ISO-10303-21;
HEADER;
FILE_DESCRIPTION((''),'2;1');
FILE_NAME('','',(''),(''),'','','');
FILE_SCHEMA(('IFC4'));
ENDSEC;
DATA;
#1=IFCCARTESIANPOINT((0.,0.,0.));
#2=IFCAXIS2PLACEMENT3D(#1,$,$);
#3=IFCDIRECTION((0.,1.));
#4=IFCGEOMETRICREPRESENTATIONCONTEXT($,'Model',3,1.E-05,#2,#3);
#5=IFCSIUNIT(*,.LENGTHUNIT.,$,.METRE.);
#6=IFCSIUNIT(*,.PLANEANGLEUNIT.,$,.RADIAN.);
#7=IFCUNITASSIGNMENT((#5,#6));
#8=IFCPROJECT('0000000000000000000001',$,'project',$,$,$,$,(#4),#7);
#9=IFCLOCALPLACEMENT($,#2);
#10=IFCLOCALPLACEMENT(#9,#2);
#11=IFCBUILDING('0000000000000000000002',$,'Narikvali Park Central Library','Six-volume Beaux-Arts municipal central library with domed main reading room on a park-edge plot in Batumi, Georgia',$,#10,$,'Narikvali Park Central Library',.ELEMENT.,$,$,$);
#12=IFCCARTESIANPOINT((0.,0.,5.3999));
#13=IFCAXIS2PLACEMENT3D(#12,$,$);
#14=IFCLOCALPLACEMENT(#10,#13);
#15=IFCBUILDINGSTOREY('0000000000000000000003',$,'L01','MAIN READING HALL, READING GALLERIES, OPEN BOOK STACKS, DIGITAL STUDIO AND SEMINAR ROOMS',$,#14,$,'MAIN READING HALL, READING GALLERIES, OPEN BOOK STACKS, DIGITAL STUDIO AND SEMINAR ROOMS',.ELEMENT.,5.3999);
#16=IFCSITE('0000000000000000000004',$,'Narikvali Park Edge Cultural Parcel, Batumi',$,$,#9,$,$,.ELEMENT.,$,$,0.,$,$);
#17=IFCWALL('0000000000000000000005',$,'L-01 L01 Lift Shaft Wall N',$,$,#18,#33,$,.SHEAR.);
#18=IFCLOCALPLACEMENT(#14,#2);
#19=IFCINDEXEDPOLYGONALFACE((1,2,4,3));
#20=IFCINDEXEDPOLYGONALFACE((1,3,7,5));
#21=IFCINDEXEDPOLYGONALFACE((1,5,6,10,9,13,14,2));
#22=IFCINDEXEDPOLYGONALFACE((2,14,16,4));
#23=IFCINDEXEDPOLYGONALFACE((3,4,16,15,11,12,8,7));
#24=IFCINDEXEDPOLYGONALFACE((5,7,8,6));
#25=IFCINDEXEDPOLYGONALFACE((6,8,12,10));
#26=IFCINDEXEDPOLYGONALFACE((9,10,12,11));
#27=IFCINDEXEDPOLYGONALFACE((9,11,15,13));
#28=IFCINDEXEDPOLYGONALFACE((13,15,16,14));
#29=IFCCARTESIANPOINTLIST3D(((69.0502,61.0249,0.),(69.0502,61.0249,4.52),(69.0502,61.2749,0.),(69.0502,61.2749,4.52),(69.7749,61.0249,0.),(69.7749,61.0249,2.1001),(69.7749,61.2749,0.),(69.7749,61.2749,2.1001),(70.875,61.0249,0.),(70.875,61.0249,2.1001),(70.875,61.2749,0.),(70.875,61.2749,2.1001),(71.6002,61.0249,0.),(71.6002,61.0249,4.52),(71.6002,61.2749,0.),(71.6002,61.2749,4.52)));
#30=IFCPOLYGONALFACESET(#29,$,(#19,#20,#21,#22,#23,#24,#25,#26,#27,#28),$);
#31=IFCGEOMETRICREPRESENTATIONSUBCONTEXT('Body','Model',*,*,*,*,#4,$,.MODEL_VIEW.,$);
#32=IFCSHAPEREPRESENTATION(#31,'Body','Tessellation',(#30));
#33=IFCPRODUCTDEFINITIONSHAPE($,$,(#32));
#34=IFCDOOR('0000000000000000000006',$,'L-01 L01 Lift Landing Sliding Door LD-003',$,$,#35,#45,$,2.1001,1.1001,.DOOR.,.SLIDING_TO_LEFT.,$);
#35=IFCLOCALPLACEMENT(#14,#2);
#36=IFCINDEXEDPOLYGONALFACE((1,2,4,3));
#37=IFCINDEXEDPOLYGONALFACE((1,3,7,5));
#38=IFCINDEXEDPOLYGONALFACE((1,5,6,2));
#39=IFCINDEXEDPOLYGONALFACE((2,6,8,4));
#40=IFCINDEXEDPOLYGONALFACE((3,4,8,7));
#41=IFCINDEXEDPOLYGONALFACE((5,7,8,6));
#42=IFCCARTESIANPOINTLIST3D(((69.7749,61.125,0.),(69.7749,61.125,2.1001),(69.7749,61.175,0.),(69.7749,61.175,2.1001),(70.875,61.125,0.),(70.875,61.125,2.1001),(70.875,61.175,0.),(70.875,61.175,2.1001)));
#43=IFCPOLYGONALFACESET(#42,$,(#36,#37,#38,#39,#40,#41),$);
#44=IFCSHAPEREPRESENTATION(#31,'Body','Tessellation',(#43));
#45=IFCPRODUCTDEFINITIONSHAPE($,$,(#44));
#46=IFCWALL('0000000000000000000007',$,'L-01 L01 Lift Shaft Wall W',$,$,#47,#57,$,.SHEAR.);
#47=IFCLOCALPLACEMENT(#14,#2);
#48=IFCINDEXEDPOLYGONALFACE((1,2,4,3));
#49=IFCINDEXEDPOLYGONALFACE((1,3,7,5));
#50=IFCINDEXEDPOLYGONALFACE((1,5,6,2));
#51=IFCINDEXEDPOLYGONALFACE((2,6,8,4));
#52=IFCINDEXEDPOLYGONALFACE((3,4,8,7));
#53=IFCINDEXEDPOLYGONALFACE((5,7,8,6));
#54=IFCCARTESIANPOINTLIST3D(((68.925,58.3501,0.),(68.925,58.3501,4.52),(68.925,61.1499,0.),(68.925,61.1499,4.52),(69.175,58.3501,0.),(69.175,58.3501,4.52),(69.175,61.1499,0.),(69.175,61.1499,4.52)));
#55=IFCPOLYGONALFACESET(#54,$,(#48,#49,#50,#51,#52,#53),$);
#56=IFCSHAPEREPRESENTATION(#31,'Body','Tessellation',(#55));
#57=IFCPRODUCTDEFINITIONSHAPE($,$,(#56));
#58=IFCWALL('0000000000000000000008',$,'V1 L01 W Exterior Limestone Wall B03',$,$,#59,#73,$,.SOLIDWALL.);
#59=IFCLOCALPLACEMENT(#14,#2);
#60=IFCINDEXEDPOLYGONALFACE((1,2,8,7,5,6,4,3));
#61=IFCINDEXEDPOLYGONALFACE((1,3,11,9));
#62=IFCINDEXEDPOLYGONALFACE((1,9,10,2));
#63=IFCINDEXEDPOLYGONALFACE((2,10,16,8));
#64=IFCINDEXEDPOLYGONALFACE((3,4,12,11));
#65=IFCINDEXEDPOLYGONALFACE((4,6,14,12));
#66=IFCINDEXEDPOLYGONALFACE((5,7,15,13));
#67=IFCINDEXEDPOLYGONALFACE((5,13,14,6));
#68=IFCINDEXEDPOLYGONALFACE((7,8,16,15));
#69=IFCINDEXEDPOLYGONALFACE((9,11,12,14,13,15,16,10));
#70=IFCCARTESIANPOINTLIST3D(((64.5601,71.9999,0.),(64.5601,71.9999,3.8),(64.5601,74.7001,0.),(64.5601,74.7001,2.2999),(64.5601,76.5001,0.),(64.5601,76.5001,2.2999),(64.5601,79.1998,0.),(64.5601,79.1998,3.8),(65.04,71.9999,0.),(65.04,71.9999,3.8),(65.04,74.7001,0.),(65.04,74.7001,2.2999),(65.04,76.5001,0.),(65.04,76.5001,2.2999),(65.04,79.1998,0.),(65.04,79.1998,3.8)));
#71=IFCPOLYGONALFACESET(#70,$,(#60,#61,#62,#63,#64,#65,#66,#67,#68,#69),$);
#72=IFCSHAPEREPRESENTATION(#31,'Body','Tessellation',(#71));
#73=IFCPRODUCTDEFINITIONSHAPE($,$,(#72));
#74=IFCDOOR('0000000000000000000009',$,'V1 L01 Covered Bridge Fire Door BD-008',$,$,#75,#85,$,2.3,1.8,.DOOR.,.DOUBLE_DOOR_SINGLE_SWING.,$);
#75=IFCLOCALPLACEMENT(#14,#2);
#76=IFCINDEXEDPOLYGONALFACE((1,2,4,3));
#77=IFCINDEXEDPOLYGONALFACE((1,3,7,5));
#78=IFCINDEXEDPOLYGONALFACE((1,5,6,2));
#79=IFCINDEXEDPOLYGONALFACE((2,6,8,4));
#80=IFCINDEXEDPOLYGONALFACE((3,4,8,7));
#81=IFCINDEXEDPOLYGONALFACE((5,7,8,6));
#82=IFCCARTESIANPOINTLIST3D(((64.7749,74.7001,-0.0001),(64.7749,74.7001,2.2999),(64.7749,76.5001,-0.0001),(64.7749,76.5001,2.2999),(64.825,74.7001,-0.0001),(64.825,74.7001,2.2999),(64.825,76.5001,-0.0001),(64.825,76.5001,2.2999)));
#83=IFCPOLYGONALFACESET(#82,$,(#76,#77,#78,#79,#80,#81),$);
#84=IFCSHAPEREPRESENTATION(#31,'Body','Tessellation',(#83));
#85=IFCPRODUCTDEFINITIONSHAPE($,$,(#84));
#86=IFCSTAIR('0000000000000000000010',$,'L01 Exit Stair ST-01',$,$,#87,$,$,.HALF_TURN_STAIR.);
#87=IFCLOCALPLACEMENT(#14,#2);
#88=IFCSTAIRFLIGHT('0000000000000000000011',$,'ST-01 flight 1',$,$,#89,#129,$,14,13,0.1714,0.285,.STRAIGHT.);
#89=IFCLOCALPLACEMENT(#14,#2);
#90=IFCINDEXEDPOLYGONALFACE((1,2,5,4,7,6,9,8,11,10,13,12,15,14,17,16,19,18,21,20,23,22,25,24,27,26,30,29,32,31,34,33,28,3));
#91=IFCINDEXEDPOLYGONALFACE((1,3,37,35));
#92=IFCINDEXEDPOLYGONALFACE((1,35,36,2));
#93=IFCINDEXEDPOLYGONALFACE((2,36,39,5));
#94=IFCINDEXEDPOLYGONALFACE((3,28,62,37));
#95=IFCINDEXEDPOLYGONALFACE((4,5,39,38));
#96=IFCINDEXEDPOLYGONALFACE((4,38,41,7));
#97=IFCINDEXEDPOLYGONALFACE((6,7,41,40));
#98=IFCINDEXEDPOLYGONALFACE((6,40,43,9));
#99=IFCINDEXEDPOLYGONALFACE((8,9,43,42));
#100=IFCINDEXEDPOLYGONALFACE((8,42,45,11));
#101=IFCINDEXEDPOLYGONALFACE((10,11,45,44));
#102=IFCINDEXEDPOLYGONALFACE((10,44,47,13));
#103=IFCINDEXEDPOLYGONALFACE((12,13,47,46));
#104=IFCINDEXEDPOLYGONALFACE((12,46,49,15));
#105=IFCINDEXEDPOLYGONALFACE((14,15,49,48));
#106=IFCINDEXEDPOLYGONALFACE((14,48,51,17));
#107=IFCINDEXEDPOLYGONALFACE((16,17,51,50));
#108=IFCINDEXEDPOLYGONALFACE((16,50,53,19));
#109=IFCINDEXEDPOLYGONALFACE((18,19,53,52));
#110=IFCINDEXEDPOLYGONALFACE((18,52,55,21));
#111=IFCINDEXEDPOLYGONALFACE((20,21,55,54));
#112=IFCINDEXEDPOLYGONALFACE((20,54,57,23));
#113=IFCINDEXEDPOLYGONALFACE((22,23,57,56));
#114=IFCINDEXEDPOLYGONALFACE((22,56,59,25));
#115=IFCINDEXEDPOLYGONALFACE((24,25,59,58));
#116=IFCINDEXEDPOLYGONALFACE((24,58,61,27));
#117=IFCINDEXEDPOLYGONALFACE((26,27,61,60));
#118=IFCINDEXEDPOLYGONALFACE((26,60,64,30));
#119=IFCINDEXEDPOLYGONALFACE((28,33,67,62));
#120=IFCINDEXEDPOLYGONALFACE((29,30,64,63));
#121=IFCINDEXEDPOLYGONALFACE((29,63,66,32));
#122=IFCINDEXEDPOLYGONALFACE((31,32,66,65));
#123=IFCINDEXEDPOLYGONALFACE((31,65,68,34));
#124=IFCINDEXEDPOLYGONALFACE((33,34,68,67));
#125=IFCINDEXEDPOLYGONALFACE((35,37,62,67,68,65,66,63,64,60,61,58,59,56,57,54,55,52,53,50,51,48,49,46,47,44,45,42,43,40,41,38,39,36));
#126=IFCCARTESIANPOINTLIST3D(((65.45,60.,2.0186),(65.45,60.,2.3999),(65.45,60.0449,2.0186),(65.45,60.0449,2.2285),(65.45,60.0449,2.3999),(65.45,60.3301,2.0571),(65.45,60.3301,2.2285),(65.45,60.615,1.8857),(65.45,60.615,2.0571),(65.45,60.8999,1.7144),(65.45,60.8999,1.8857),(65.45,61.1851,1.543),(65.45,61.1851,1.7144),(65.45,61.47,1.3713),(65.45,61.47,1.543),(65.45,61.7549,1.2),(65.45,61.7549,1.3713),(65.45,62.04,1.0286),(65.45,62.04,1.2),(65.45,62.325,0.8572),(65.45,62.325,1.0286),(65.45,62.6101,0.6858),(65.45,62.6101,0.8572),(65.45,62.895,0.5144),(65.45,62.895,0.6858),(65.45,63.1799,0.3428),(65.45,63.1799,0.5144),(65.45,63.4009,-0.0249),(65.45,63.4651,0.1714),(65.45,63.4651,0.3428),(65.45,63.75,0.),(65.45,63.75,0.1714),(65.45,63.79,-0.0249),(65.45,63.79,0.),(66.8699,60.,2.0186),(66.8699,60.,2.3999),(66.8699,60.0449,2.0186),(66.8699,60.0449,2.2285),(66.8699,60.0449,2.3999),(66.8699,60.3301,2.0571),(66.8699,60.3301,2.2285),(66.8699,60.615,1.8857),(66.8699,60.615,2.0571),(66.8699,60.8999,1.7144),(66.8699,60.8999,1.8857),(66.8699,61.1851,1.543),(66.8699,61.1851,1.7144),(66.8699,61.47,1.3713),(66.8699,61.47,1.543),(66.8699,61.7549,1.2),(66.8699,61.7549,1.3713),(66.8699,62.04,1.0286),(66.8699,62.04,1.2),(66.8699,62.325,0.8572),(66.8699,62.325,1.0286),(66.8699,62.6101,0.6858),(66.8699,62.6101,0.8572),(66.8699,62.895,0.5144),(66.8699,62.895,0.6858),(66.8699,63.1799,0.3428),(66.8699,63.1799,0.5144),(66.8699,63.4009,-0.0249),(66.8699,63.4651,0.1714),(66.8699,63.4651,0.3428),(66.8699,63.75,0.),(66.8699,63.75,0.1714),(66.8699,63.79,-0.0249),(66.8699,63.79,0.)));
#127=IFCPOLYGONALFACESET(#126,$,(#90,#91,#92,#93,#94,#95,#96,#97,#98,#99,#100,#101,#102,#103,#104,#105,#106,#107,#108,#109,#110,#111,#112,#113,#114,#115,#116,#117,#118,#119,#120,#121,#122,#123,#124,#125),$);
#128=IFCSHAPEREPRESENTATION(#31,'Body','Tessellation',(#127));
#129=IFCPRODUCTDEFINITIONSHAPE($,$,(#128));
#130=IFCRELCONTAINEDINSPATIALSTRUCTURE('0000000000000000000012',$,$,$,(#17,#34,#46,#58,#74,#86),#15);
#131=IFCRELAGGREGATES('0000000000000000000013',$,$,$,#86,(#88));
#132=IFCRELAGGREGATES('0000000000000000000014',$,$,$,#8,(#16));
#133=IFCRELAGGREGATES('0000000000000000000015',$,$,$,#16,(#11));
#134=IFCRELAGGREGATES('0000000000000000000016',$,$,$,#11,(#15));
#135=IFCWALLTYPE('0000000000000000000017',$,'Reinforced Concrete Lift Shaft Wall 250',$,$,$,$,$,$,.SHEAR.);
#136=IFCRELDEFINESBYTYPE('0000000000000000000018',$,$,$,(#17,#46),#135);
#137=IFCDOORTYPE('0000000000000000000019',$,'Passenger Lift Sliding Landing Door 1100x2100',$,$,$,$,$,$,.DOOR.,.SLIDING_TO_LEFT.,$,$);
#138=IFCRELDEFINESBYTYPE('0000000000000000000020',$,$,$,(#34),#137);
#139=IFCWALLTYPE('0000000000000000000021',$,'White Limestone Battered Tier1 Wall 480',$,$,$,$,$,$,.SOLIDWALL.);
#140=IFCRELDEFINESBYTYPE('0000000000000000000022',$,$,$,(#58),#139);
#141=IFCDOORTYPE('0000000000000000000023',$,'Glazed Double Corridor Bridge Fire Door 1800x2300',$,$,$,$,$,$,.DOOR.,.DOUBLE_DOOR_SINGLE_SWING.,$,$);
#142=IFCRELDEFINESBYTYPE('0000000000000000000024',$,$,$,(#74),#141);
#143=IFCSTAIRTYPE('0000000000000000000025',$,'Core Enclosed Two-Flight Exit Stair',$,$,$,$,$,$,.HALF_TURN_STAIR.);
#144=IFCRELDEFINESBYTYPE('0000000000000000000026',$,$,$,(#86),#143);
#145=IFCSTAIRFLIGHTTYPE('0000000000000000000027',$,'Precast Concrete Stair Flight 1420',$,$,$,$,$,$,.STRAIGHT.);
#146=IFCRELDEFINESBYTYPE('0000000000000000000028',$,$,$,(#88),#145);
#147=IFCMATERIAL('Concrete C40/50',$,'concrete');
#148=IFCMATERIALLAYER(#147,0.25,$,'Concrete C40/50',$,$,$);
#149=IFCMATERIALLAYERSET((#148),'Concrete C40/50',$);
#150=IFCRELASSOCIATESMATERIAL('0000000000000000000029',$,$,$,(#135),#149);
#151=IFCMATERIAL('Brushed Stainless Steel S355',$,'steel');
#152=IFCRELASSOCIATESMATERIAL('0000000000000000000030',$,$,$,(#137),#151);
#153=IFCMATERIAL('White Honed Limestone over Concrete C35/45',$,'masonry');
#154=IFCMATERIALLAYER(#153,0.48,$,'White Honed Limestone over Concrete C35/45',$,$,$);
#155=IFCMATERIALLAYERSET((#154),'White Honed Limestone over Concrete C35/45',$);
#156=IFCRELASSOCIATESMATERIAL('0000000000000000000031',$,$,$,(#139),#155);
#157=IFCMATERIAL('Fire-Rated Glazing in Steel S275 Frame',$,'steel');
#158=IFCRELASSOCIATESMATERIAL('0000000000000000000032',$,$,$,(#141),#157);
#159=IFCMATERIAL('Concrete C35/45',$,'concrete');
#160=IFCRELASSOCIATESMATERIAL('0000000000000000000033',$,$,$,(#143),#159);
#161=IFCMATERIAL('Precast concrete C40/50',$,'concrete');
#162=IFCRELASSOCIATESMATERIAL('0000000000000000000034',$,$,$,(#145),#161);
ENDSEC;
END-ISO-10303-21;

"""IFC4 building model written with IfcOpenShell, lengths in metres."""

from ifc_helpers import new_model, si_unit, direction, frame, frame_2d, origin, place, context, subcontext, project, spatial, polyline, rectangle, outline, extrude, material, layer, layer_set, type_object, element, fill, aggregate, save


model = new_model("IFC4")

# Units and contexts
model_context = context("Model", 3, precision=1e-05, world=origin(), true_north=direction((0.0, 1.0)))
body_context = subcontext(model_context, "Body", "Model", "MODEL_VIEW")
ifc_project = project(units=[si_unit("LENGTHUNIT", "METRE"), si_unit("PLANEANGLEUNIT", "RADIAN")], contexts=[model_context])

# Site, building, storey
site_placement = place(None, origin())
site = spatial("IfcSite", under=ifc_project, at=site_placement, Name="Narikvali Park Edge Cultural Parcel, Batumi", CompositionType="ELEMENT", RefElevation=0.0)
building_placement = place(site_placement, origin())
building = spatial("IfcBuilding", under=site, at=building_placement, Name="Narikvali Park Central Library", Description="Six-volume Beaux-Arts municipal central library with domed main reading room on a park-edge plot in Batumi, Georgia", LongName="Narikvali Park Central Library", CompositionType="ELEMENT")
storey_placement = place(building_placement, frame((0.0, 0.0, 5.3999)))
storey = spatial("IfcBuildingStorey", under=building, at=storey_placement, Name="L01", Description="MAIN READING HALL, READING GALLERIES, OPEN BOOK STACKS, DIGITAL STUDIO AND SEMINAR ROOMS", LongName="MAIN READING HALL, READING GALLERIES, OPEN BOOK STACKS, DIGITAL STUDIO AND SEMINAR ROOMS", CompositionType="ELEMENT", Elevation=5.3999)

# Shared definitions
ifc_material_1 = material(Name="Concrete C40/50", Category="concrete")

# Wall, opening, door
ifc_layer_1 = layer(ifc_material_1, 0.25, Name="Concrete C40/50")
ifc_layer_set_1 = layer_set([ifc_layer_1], Name="Concrete C40/50")
wall_type_1 = type_object("IfcWallType", Name="Reinforced Concrete Lift Shaft Wall 250", PredefinedType="SHEAR", material=ifc_layer_set_1)
wall_1_placement = place(storey_placement, frame((71.6001, 61.1499, 0.0), z_axis=(0.0, 0.0, 1.0), x_axis=(-1.0, 0.0, 0.0)))
wall_1 = element("IfcWall", 1, at=wall_1_placement, inside=storey, type_object=wall_type_1, Name="L-01 L01 Lift Shaft Wall N", PredefinedType="SHEAR", context=body_context, shape_type="SweptSolid", body=[
    extrude(rectangle(XDim=2.55, YDim=0.25, at=frame_2d((1.2749, 0.0))), origin(), (0.0, 0.0, 1.0), 4.52),
])
opening_1_placement = place(wall_1_placement, frame((0.7251, 0.0, 0.0)))
opening_1 = element("IfcOpeningElement", 2, at=opening_1_placement, cuts=wall_1, PredefinedType="OPENING", context=body_context, shape_type="SweptSolid", body=[
    extrude(rectangle(XDim=1.1001, YDim=2.1001, at=frame_2d((0.55, 1.05))), frame((0.0, 0.137, 0.0), z_axis=(0.0, -1.0, 0.0), x_axis=(1.0, 0.0, 0.0)), (0.0, 0.0, 1.0), 0.2739),
])
ifc_material_2 = material(Name="Brushed Stainless Steel S355", Category="steel")
door_type_1 = type_object("IfcDoorType", Name="Passenger Lift Sliding Landing Door 1100x2100", OperationType="SLIDING_TO_LEFT", PredefinedType="DOOR", material=ifc_material_2)
door_1_placement = place(opening_1_placement, origin())
door_1 = element("IfcDoor", 3, at=door_1_placement, inside=storey, type_object=door_type_1, Name="L-01 L01 Lift Landing Sliding Door LD-003", OperationType="SLIDING_TO_LEFT", OverallHeight=2.1001, OverallWidth=1.1001, PredefinedType="DOOR", context=body_context, shape_type="SweptSolid", body=[
    extrude(rectangle(XDim=1.1001, YDim=2.1001, at=frame_2d((0.55, 1.05))), frame((0.0, 0.0249, 0.0), z_axis=(0.0, -1.0, 0.0), x_axis=(1.0, 0.0, 0.0)), (0.0, 0.0, 1.0), 0.05),
])
fill(opening_1, door_1)

# Wall
wall_2_placement = place(storey_placement, frame((69.05, 61.1499, 0.0), z_axis=(0.0, 0.0, 1.0), x_axis=(0.0, -1.0, 0.0)))
element("IfcWall", 4, at=wall_2_placement, inside=storey, type_object=wall_type_1, Name="L-01 L01 Lift Shaft Wall W", PredefinedType="SHEAR", context=body_context, shape_type="SweptSolid", body=[
    extrude(rectangle(XDim=2.7998, YDim=0.25, at=frame_2d((1.3999, 0.0))), origin(), (0.0, 0.0, 1.0), 4.52),
])

# Wall, opening, door
ifc_material_3 = material(Name="White Honed Limestone over Concrete C35/45", Category="masonry")
ifc_layer_2 = layer(ifc_material_3, 0.48, Name="White Honed Limestone over Concrete C35/45")
ifc_layer_set_2 = layer_set([ifc_layer_2], Name="White Honed Limestone over Concrete C35/45")
wall_type_2 = type_object("IfcWallType", Name="White Limestone Battered Tier1 Wall 480", PredefinedType="SOLIDWALL", material=ifc_layer_set_2)
wall_3_placement = place(storey_placement, frame((64.8, 79.2, 0.0), z_axis=(0.0, 0.0, 1.0), x_axis=(0.0, -1.0, 0.0)))
wall_3 = element("IfcWall", 5, at=wall_3_placement, inside=storey, type_object=wall_type_2, Name="V1 L01 W Exterior Limestone Wall B03", PredefinedType="SOLIDWALL", context=body_context, shape_type="SweptSolid", body=[
    extrude(rectangle(XDim=7.2, YDim=0.48, at=frame_2d((3.6001, 0.0))), origin(), (0.0, 0.0, 1.0), 3.8),
])
opening_2_placement = place(wall_3_placement, frame((2.7, 0.0, 0.0)))
opening_2 = element("IfcOpeningElement", 6, at=opening_2_placement, cuts=wall_3, PredefinedType="OPENING", context=body_context, shape_type="SweptSolid", body=[
    extrude(rectangle(XDim=1.8, YDim=2.3, at=frame_2d((0.8999, 1.1499))), frame((0.0, 0.252, 0.0), z_axis=(0.0, -1.0, 0.0), x_axis=(1.0, 0.0, 0.0)), (0.0, 0.0, 1.0), 0.5039),
])
ifc_material_4 = material(Name="Fire-Rated Glazing in Steel S275 Frame", Category="steel")
door_type_2 = type_object("IfcDoorType", Name="Glazed Double Corridor Bridge Fire Door 1800x2300", OperationType="DOUBLE_DOOR_SINGLE_SWING", PredefinedType="DOOR", material=ifc_material_4)
door_2_placement = place(opening_2_placement, origin())
door_2 = element("IfcDoor", 7, at=door_2_placement, inside=storey, type_object=door_type_2, Name="V1 L01 Covered Bridge Fire Door BD-008", OperationType="DOUBLE_DOOR_SINGLE_SWING", OverallHeight=2.3, OverallWidth=1.8, PredefinedType="DOOR", context=body_context, shape_type="SweptSolid", body=[
    extrude(rectangle(XDim=1.8, YDim=2.3, at=frame_2d((0.8999, 1.1499))), frame((0.0, 0.0249, 0.0), z_axis=(0.0, -1.0, 0.0), x_axis=(1.0, 0.0, 0.0)), (0.0, 0.0, 1.0), 0.05),
])
fill(opening_2, door_2)

# Stair, stair flight
ifc_material_5 = material(Name="Concrete C35/45", Category="concrete")
stair_type = type_object("IfcStairType", Name="Core Enclosed Two-Flight Exit Stair", PredefinedType="HALF_TURN_STAIR", material=ifc_material_5)
stair_placement = place(storey_placement, origin())
stair = element("IfcStair", 8, at=stair_placement, inside=storey, type_object=stair_type, Name="L01 Exit Stair ST-01", PredefinedType="HALF_TURN_STAIR")
ifc_material_6 = material(Name="Precast concrete C40/50", Category="concrete")
stair_flight_type = type_object("IfcStairFlightType", Name="Precast Concrete Stair Flight 1420", PredefinedType="STRAIGHT", material=ifc_material_6)
stair_flight_placement = place(storey_placement, frame((66.1599, 63.75, 0.0), z_axis=(0.0, 0.0, 1.0), x_axis=(0.0, -1.0, 0.0)))
stair_flight = element("IfcStairFlight", 9, at=stair_flight_placement, type_object=stair_flight_type, Name="ST-01 flight 1", NumberOfRisers=14, NumberOfTreads=13, PredefinedType="STRAIGHT", RiserHeight=0.1714, TreadLength=0.285, context=body_context, shape_type="SweptSolid", body=[
    extrude(outline(polyline([(-0.04, -0.0249), (-0.04, 0.0), (0.0, 0.0), (0.0, 0.1714), (0.2849, 0.1714), (0.2849, 0.3428), (0.5701, 0.3428), (0.5701, 0.5144), (0.855, 0.5144), (0.855, 0.6858), (1.1399, 0.6858), (1.1399, 0.8572), (1.425, 0.8572), (1.425, 1.0286), (1.71, 1.0286), (1.71, 1.2), (1.9951, 1.2), (1.9951, 1.3713), (2.28, 1.3713), (2.28, 1.543), (2.5649, 1.543), (2.5649, 1.7144), (2.8501, 1.7144), (2.8501, 1.8857), (3.135, 1.8857), (3.135, 2.0571), (3.4199, 2.0571), (3.4199, 2.2285), (3.7051, 2.2285), (3.7051, 2.3999), (3.75, 2.3999), (3.75, 2.0186), (3.7051, 2.0186), (0.3491, -0.0249), (-0.04, -0.0249)])), frame((0.0, 0.71, 0.0), z_axis=(0.0, -1.0, 0.0), x_axis=(1.0, 0.0, 0.0)), (0.0, 0.0, 1.0), 1.4199),
])
aggregate(stair, [stair_flight])

save(model, "model.ifc")
